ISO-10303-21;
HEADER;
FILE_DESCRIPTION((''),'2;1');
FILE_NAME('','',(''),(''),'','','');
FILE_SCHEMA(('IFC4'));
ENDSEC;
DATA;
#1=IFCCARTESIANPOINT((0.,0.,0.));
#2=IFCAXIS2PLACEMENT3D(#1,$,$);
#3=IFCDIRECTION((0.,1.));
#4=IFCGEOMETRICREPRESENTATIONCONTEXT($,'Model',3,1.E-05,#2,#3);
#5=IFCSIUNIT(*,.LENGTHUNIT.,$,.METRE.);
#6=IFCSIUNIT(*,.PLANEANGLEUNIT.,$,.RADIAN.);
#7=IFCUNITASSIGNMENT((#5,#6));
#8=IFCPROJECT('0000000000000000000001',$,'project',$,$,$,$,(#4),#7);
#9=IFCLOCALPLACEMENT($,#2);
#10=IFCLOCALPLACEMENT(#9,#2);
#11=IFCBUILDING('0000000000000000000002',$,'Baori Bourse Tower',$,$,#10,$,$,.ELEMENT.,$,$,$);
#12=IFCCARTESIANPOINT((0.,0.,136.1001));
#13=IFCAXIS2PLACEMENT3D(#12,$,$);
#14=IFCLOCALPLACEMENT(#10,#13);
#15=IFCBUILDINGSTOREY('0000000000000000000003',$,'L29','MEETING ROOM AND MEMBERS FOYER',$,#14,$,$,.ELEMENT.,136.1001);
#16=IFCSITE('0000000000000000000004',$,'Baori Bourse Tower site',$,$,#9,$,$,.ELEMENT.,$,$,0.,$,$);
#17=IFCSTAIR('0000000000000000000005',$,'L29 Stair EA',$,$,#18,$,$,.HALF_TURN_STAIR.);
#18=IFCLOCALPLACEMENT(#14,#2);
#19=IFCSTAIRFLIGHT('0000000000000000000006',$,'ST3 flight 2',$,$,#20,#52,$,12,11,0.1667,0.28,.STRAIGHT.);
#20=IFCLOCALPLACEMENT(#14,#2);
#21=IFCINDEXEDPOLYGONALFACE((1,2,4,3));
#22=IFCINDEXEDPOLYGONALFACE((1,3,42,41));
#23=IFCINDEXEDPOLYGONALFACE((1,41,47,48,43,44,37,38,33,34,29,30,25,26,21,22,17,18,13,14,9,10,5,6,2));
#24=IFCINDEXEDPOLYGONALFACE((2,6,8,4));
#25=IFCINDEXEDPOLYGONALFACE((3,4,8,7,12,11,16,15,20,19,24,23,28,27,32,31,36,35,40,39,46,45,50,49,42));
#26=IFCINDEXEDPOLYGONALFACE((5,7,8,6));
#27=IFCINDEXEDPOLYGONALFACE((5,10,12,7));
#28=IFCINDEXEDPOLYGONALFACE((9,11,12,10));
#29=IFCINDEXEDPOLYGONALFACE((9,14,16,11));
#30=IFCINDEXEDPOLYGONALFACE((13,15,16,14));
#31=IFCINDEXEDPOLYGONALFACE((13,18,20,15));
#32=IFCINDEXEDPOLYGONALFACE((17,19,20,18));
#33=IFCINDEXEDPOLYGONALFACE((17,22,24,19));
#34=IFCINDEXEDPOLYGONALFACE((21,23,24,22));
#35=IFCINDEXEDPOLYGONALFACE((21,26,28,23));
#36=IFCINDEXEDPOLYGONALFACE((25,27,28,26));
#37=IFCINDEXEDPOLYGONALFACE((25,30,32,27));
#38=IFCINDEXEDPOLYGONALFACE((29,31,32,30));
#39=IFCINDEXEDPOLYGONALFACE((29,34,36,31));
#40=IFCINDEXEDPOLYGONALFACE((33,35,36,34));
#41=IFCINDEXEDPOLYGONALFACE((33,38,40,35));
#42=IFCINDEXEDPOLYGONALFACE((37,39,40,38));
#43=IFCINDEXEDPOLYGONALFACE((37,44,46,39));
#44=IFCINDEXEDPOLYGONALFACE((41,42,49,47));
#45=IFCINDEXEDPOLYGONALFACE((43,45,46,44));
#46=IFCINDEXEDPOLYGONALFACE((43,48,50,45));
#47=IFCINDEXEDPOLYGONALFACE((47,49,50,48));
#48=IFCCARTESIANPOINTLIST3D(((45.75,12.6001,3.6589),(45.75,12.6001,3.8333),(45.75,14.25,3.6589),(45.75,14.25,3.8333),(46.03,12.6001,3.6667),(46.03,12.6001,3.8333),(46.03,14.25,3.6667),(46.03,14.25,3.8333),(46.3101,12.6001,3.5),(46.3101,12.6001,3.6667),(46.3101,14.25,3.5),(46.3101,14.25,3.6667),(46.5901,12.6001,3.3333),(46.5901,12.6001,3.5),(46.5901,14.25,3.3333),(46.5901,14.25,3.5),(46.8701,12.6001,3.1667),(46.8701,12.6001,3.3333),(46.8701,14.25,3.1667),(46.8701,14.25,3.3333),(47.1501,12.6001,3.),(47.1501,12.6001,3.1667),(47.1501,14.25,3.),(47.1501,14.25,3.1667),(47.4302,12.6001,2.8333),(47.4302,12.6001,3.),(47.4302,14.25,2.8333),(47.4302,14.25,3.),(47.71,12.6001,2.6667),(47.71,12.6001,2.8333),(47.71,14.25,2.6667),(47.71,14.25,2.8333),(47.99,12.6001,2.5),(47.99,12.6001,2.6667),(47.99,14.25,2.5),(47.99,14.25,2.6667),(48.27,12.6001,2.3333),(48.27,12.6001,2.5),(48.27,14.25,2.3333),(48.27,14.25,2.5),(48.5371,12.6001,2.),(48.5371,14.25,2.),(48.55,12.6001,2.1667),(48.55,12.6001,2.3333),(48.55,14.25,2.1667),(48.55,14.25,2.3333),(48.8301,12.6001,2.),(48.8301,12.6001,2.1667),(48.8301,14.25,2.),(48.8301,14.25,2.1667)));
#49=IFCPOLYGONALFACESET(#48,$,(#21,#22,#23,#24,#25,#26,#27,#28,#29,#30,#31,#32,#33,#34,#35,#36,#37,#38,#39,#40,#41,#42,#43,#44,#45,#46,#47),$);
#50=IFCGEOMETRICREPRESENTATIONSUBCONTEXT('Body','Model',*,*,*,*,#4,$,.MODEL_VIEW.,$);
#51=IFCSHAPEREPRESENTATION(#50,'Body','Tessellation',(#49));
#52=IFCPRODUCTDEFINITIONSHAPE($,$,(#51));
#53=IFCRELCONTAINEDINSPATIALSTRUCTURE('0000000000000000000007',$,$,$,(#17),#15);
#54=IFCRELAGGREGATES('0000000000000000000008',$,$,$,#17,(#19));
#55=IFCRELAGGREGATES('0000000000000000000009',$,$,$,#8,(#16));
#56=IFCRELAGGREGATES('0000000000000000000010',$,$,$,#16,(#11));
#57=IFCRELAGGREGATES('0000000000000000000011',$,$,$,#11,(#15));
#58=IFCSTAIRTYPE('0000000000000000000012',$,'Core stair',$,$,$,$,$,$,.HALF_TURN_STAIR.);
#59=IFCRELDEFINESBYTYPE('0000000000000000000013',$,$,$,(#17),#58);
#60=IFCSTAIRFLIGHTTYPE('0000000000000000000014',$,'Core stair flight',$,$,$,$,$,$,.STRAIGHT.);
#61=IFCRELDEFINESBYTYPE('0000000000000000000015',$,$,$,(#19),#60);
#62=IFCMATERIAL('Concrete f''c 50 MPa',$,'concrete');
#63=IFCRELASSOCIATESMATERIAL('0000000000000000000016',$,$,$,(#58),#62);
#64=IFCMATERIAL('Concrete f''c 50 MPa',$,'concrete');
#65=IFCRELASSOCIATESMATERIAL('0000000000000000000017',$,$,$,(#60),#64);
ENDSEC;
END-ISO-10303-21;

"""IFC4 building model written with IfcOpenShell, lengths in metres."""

from ifc_helpers import new_model, si_unit, direction, frame, origin, place, context, subcontext, project, spatial, polyline, outline, extrude, material, type_object, element, aggregate, save


model = new_model("IFC4")

# Units and contexts
model_context = context("Model", 3, precision=1e-05, world=origin(), true_north=direction((0.0, 1.0)))
body_context = subcontext(model_context, "Body", "Model", "MODEL_VIEW")
ifc_project = project(units=[si_unit("LENGTHUNIT", "METRE"), si_unit("PLANEANGLEUNIT", "RADIAN")], contexts=[model_context])

# Site, building, storey
site_placement = place(None, origin())
site = spatial("IfcSite", under=ifc_project, at=site_placement, Name="Baori Bourse Tower site", CompositionType="ELEMENT", RefElevation=0.0)
building_placement = place(site_placement, origin())
building = spatial("IfcBuilding", under=site, at=building_placement, Name="Baori Bourse Tower", CompositionType="ELEMENT")
storey_placement = place(building_placement, frame((0.0, 0.0, 136.1001)))
storey = spatial("IfcBuildingStorey", under=building, at=storey_placement, Name="L29", Description="MEETING ROOM AND MEMBERS FOYER", CompositionType="ELEMENT", Elevation=136.1001)

# Stair, stair flight
ifc_material_1 = material(Name="Concrete f'c 50 MPa", Category="concrete")
stair_type = type_object("IfcStairType", Name="Core stair", PredefinedType="HALF_TURN_STAIR", material=ifc_material_1)
stair_placement = place(storey_placement, origin())
stair = element("IfcStair", 1, at=stair_placement, inside=storey, type_object=stair_type, Name="L29 Stair EA", PredefinedType="HALF_TURN_STAIR")
ifc_material_2 = material(Name="Concrete f'c 50 MPa", Category="concrete")
stair_flight_type = type_object("IfcStairFlightType", Name="Core stair flight", PredefinedType="STRAIGHT", material=ifc_material_2)
stair_flight_1_placement = place(storey_placement, frame((48.8301, 13.425, 2.0), z_axis=(0.0, 0.0, 1.0), x_axis=(-1.0, 0.0, 0.0)))
stair_flight_1 = element("IfcStairFlight", 2, at=stair_flight_1_placement, type_object=stair_flight_type, Name="ST3 flight 2", NumberOfRisers=12, NumberOfTreads=11, PredefinedType="STRAIGHT", RiserHeight=0.1667, TreadLength=0.28, context=body_context, shape_type="SweptSolid", body=[
    extrude(outline(polyline([(0.0, 0.0), (0.0, 0.1667), (0.28, 0.1667), (0.28, 0.3333), (0.5601, 0.3333), (0.5601, 0.5), (0.8401, 0.5), (0.8401, 0.6667), (1.1201, 0.6667), (1.1201, 0.8333), (1.3999, 0.8333), (1.3999, 1.0), (1.6799, 1.0), (1.6799, 1.1667), (1.96, 1.1667), (1.96, 1.3333), (2.24, 1.3333), (2.24, 1.5), (2.52, 1.5), (2.52, 1.6667), (2.8, 1.6667), (2.8, 1.8333), (3.0801, 1.8333), (3.0801, 2.0), (3.0801, 1.6589), (0.293, 0.0), (0.0, 0.0)])), frame((0.0, 0.825, 0.0), z_axis=(0.0, -1.0, 0.0), x_axis=(1.0, 0.0, 0.0)), (0.0, 0.0, 1.0), 1.6499),
])
aggregate(stair, [stair_flight_1])

save(model, "model.ifc")
